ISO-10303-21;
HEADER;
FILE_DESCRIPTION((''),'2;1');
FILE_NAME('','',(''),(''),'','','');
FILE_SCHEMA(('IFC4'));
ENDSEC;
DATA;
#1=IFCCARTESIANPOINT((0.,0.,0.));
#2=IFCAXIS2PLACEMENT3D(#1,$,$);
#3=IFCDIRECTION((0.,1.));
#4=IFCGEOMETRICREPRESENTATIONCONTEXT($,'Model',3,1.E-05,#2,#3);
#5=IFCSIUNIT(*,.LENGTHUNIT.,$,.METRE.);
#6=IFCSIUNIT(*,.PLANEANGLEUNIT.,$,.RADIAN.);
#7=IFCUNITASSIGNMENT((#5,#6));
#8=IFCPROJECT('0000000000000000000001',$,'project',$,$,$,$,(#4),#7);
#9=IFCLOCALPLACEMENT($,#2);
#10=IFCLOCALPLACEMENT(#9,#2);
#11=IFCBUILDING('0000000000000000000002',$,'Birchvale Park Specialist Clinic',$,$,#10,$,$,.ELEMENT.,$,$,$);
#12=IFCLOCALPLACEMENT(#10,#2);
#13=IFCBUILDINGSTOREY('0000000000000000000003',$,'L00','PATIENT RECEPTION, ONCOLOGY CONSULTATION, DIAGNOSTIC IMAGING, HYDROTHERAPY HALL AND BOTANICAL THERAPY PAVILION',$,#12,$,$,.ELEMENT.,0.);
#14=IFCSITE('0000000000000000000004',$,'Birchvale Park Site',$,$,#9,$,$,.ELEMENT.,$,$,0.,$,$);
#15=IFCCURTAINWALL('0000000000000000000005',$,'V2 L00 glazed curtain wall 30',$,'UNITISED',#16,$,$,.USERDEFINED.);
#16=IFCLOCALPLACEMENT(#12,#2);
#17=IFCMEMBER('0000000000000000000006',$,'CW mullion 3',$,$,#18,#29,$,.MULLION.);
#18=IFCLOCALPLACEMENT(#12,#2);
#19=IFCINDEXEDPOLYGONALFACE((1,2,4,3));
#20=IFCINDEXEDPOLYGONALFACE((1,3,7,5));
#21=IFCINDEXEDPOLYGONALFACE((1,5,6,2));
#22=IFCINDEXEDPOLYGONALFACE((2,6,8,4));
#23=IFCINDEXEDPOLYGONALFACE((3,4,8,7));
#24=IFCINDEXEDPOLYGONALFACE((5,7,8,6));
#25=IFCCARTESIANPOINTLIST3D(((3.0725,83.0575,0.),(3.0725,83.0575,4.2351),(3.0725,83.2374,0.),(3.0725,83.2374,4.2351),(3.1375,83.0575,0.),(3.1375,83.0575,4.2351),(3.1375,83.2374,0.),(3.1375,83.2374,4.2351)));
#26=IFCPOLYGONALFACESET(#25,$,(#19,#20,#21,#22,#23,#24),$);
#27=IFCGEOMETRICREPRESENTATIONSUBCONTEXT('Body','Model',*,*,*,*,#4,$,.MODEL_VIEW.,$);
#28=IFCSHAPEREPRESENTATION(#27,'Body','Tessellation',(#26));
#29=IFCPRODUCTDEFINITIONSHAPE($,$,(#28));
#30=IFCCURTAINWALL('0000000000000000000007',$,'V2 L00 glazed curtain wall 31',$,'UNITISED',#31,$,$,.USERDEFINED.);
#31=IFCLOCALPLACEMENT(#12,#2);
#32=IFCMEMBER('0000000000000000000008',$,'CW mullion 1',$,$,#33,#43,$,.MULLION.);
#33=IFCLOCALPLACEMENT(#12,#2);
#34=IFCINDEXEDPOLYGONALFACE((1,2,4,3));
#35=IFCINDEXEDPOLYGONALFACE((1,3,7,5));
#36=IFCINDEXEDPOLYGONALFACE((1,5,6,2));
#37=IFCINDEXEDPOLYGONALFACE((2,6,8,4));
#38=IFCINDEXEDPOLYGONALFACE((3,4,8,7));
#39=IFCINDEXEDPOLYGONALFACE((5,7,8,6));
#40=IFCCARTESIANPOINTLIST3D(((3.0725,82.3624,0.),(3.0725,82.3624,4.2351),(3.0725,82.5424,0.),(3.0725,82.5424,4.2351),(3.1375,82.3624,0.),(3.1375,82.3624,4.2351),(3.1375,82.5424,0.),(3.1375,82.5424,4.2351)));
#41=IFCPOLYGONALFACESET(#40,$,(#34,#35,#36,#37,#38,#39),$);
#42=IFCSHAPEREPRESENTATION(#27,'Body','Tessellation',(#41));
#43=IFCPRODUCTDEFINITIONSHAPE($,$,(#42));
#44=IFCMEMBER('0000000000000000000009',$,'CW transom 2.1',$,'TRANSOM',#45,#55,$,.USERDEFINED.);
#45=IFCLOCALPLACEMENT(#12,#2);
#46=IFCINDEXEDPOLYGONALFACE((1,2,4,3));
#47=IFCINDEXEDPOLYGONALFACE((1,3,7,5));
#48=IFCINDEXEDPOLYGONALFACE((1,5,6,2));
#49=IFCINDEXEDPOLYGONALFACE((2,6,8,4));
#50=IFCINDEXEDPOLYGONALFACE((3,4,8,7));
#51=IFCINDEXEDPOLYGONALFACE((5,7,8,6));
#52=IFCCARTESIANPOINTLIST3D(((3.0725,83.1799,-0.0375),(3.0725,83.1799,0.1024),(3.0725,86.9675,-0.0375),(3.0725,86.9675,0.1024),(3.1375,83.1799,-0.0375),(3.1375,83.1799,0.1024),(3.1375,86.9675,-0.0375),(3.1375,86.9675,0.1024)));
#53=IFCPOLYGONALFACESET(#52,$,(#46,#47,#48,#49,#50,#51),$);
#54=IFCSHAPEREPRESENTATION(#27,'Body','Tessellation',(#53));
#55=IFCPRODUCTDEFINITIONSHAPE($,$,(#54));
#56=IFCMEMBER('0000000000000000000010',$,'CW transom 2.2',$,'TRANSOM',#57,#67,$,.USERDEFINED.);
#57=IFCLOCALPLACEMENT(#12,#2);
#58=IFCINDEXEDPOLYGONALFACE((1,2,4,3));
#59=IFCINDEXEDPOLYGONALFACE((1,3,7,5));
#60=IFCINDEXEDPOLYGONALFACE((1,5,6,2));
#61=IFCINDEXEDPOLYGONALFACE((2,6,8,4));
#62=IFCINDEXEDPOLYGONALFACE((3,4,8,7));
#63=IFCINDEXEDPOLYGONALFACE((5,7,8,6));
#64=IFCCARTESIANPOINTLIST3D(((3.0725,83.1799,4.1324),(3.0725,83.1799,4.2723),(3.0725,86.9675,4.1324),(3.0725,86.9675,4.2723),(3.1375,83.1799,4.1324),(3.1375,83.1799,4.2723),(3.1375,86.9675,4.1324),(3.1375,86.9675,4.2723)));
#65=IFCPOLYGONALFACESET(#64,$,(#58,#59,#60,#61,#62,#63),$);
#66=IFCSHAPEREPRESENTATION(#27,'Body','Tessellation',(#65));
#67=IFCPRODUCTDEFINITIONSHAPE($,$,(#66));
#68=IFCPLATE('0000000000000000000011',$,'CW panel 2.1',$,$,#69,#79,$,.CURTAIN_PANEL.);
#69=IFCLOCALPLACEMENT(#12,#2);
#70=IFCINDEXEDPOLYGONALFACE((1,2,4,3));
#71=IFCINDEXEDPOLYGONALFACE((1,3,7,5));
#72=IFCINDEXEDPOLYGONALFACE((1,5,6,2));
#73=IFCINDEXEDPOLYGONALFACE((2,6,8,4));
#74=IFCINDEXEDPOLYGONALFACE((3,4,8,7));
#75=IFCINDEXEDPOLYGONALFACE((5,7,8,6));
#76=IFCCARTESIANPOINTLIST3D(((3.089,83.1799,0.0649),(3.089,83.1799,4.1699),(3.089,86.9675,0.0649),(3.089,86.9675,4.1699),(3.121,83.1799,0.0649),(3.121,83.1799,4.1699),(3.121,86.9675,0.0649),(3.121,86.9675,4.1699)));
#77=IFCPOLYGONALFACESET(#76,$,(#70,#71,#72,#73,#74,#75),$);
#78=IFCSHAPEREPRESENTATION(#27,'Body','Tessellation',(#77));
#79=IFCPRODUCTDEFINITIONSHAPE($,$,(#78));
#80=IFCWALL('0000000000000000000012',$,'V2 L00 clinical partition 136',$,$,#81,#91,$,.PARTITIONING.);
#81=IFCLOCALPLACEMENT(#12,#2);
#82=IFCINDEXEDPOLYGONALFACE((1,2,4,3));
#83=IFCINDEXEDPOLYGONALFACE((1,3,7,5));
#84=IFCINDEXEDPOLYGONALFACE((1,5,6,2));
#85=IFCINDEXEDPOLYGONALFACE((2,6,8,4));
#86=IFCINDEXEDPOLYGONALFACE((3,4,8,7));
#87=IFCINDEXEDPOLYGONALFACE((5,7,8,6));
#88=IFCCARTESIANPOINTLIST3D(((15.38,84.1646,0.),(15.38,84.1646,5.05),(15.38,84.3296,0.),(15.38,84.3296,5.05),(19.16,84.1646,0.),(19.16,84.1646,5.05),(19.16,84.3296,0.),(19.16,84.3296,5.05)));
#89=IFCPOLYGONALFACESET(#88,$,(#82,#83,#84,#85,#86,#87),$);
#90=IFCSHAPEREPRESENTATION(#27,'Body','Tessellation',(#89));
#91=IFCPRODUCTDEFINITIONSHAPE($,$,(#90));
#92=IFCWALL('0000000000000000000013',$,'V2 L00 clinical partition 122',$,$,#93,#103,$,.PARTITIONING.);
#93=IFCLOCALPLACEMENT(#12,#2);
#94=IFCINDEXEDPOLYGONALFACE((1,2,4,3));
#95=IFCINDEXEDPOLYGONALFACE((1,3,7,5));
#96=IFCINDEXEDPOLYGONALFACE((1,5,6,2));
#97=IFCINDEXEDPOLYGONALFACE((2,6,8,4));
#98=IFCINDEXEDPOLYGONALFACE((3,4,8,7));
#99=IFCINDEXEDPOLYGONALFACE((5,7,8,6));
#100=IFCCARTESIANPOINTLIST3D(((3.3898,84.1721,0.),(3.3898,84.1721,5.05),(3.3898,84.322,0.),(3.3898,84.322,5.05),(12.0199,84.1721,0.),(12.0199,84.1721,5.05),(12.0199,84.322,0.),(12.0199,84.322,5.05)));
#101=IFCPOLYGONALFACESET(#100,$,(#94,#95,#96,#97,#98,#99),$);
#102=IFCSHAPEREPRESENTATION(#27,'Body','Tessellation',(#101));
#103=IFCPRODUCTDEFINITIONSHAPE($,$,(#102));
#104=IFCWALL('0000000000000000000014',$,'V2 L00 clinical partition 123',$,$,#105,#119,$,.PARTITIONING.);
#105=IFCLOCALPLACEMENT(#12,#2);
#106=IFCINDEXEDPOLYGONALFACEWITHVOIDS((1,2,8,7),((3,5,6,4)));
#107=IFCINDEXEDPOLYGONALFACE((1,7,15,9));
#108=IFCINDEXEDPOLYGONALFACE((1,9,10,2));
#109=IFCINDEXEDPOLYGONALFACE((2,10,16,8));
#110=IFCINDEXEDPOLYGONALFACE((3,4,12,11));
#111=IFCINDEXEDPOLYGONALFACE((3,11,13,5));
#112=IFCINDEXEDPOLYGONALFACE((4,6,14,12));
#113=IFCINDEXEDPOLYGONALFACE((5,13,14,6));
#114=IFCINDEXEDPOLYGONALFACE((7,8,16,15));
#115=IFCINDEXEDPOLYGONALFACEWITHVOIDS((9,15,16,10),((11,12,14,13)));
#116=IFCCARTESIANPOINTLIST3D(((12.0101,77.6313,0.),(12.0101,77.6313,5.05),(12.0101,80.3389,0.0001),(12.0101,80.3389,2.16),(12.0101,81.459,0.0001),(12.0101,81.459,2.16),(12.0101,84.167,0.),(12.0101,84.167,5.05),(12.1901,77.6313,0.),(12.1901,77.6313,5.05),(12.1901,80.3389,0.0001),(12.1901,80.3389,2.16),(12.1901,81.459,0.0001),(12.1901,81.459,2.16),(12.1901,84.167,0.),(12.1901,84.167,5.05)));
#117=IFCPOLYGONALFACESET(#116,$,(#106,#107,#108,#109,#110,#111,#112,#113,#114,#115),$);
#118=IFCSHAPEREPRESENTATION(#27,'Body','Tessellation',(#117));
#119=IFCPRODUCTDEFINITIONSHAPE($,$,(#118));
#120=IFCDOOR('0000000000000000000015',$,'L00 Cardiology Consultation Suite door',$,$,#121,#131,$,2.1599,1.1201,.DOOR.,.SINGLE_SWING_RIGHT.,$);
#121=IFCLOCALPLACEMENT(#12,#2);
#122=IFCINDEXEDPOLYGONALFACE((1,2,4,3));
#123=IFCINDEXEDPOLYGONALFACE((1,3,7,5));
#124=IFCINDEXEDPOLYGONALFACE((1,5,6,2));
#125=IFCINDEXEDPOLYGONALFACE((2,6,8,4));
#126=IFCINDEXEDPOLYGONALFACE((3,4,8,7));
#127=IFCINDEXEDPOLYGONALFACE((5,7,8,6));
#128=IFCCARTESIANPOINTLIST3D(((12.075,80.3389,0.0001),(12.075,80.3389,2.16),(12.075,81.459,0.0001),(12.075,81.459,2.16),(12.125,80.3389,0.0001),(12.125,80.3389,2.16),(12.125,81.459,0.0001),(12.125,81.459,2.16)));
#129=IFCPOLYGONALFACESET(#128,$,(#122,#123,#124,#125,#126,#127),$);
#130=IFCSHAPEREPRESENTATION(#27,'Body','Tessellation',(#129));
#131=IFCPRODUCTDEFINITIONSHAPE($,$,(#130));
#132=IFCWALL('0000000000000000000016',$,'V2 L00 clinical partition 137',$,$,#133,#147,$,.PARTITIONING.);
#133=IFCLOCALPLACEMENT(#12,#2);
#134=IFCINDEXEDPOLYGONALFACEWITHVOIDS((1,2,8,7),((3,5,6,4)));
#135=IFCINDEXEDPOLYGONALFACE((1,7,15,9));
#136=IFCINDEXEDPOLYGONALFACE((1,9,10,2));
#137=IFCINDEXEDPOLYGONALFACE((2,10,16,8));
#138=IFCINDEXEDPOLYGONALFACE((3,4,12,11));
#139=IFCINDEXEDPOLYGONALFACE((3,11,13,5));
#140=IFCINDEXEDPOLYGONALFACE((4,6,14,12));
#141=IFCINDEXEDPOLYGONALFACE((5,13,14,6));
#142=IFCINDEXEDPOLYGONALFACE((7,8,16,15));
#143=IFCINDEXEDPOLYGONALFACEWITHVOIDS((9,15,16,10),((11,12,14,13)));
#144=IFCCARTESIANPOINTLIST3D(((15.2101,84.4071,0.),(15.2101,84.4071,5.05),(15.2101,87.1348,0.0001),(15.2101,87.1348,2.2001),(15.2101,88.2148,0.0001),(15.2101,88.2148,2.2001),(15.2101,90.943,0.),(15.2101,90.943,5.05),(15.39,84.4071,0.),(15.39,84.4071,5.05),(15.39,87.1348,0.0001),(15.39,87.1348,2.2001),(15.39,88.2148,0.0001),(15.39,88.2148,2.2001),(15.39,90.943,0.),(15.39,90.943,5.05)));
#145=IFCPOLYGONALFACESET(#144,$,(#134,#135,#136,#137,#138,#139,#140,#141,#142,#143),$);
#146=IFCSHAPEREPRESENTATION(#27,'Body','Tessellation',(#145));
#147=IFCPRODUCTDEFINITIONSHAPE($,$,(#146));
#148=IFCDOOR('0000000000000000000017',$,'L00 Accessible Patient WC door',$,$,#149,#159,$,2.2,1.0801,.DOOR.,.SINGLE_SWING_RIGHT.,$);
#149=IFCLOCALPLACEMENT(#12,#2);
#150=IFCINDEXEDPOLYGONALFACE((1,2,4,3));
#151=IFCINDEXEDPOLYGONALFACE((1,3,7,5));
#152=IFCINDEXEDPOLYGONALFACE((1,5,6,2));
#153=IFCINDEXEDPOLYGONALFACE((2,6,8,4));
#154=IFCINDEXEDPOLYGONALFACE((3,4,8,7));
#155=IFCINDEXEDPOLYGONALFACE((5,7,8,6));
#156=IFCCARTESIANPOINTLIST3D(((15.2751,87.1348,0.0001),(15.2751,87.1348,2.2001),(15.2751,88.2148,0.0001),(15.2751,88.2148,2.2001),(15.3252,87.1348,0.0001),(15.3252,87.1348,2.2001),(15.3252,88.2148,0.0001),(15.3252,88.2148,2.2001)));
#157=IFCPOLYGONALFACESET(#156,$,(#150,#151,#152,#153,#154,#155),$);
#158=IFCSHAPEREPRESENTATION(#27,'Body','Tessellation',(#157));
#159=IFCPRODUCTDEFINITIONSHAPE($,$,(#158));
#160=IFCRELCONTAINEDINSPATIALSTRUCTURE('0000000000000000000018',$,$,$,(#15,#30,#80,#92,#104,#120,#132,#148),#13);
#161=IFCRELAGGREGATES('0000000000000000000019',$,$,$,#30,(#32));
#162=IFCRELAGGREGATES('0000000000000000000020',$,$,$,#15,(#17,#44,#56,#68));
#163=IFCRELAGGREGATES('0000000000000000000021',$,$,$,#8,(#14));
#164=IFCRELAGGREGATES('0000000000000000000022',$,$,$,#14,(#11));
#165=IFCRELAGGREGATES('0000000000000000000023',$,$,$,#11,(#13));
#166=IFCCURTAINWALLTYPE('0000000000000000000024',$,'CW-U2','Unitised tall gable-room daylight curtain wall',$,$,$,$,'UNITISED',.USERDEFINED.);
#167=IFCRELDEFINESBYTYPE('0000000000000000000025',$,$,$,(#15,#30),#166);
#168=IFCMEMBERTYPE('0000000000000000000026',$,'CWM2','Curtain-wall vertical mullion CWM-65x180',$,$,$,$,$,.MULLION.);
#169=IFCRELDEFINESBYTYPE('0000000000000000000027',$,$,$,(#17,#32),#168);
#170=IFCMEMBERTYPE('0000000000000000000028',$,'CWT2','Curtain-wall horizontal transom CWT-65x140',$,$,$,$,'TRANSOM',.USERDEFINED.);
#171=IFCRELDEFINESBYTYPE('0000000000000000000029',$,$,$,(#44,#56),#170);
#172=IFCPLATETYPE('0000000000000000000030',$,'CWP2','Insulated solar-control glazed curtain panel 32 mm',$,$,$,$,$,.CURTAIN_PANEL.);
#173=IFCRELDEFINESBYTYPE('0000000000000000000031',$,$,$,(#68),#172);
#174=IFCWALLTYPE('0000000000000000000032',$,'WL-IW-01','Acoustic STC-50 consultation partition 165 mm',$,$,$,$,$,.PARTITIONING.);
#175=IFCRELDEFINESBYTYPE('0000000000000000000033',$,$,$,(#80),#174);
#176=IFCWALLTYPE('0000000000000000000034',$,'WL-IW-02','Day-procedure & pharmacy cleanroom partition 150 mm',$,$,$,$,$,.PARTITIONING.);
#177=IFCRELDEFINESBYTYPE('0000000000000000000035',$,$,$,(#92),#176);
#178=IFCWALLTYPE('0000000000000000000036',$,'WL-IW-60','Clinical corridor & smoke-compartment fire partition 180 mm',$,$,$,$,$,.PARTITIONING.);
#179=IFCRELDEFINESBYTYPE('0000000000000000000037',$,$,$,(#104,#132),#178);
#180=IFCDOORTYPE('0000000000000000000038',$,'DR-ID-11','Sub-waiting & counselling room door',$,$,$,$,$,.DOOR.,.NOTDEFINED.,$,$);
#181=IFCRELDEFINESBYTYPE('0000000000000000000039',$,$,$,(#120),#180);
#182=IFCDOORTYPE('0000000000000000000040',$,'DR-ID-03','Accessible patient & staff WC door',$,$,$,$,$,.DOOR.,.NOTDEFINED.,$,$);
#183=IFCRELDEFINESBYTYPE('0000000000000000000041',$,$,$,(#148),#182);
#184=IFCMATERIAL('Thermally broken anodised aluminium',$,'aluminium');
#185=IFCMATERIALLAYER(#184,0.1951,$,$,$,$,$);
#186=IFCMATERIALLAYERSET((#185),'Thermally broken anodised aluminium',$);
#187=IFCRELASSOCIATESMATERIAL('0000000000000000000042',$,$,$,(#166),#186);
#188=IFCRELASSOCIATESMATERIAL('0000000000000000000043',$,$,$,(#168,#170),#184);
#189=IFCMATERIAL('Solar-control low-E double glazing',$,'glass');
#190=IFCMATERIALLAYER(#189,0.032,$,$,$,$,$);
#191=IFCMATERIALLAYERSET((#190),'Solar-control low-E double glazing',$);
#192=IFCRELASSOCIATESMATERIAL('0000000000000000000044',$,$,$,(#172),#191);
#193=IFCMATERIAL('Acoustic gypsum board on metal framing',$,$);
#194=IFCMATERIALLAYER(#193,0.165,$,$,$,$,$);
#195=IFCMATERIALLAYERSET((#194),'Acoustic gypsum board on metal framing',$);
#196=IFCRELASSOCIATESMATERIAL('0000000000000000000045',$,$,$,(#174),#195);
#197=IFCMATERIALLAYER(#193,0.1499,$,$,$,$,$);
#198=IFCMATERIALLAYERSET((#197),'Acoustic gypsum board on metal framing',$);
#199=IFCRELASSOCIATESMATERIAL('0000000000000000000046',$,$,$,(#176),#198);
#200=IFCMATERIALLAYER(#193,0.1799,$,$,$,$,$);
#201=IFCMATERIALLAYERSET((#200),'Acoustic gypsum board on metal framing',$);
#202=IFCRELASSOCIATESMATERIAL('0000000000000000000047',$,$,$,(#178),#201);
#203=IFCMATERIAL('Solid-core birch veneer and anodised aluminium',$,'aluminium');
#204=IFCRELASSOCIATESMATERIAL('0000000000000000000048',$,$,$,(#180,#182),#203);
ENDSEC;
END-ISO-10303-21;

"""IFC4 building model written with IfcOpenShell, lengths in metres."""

from ifc_helpers import new_model, si_unit, direction, frame, frame_2d, origin, origin_2d, place, context, subcontext, project, spatial, rectangle, extrude, material, layer, layer_set, material_profile, profile_set, type_object, element, fill, aggregate, save


model = new_model("IFC4")

# Units and contexts
model_context = context("Model", 3, precision=1e-05, world=origin(), true_north=direction((0.0, 1.0)))
body_context = subcontext(model_context, "Body", "Model", "MODEL_VIEW")
ifc_project = project(units=[si_unit("LENGTHUNIT", "METRE"), si_unit("PLANEANGLEUNIT", "RADIAN")], contexts=[model_context])

# Site, building, storey
site_placement = place(None, origin())
site = spatial("IfcSite", under=ifc_project, at=site_placement, Name="Birchvale Park Site", CompositionType="ELEMENT", RefElevation=0.0)
building_placement = place(site_placement, origin())
building = spatial("IfcBuilding", under=site, at=building_placement, Name="Birchvale Park Specialist Clinic", CompositionType="ELEMENT")
storey_placement = place(building_placement, origin())
storey = spatial("IfcBuildingStorey", under=building, at=storey_placement, Name="L00", Description="PATIENT RECEPTION, ONCOLOGY CONSULTATION, DIAGNOSTIC IMAGING, HYDROTHERAPY HALL AND BOTANICAL THERAPY PAVILION", CompositionType="ELEMENT", Elevation=0.0)

# Curtain wall, member
ifc_material_1 = material(Name="Thermally broken anodised aluminium", Category="aluminium")
ifc_layer_1 = layer(ifc_material_1, 0.1951)
ifc_layer_set_1 = layer_set([ifc_layer_1], Name="Thermally broken anodised aluminium")
curtain_wall_type = type_object("IfcCurtainWallType", Name="CW-U2", Description="Unitised tall gable-room daylight curtain wall", ElementType="UNITISED", PredefinedType="USERDEFINED", material=ifc_layer_set_1)
curtain_wall_1_placement = place(storey_placement, origin())
curtain_wall_1 = element("IfcCurtainWall", 1, at=curtain_wall_1_placement, inside=storey, type_object=curtain_wall_type, Name="V2 L00 glazed curtain wall 30", ObjectType="UNITISED", PredefinedType="USERDEFINED")
ifc_material_profile_1 = material_profile(ifc_material_1, rectangle(XDim=0.0649, YDim=0.1799, at=origin_2d()), Name="CWM-65x180")
ifc_profile_set_1 = profile_set([ifc_material_profile_1], Name="Thermally broken anodised aluminium")
member_type_1 = type_object("IfcMemberType", Name="CWM2", Description="Curtain-wall vertical mullion CWM-65x180", PredefinedType="MULLION", material=ifc_profile_set_1)
member_1_placement = place(storey_placement, frame((3.105, 83.1475, 0.0), z_axis=(0.0, 0.0, 1.0), x_axis=(1.0, 0.0, 0.0)))
member_1 = element("IfcMember", 2, at=member_1_placement, type_object=member_type_1, Name="CW mullion 3", PredefinedType="MULLION", context=body_context, shape_type="SweptSolid", body=[
    extrude(rectangle(XDim=0.0649, YDim=0.1799, at=origin_2d()), origin(), (0.0, 0.0, 1.0), 4.2351),
])

# Curtain wall, member
curtain_wall_2_placement = place(storey_placement, origin())
curtain_wall_2 = element("IfcCurtainWall", 3, at=curtain_wall_2_placement, inside=storey, type_object=curtain_wall_type, Name="V2 L00 glazed curtain wall 31", ObjectType="UNITISED", PredefinedType="USERDEFINED")
member_2_placement = place(storey_placement, frame((3.105, 82.4524, 0.0), z_axis=(0.0, 0.0, 1.0), x_axis=(1.0, 0.0, 0.0)))
member_2 = element("IfcMember", 4, at=member_2_placement, type_object=member_type_1, Name="CW mullion 1", PredefinedType="MULLION", context=body_context, shape_type="SweptSolid", body=[
    extrude(rectangle(XDim=0.0649, YDim=0.1799, at=origin_2d()), origin(), (0.0, 0.0, 1.0), 4.2351),
])
aggregate(curtain_wall_2, [member_2])

# Members
ifc_material_profile_2 = material_profile(ifc_material_1, rectangle(XDim=0.0649, YDim=0.1399, at=origin_2d()), Name="CWT-65x140")
ifc_profile_set_2 = profile_set([ifc_material_profile_2], Name="Thermally broken anodised aluminium")
member_type_2 = type_object("IfcMemberType", Name="CWT2", Description="Curtain-wall horizontal transom CWT-65x140", ElementType="TRANSOM", PredefinedType="USERDEFINED", material=ifc_profile_set_2)
member_3_placement = place(storey_placement, frame((3.105, 86.9675, 0.0325), z_axis=(0.0, -1.0, 0.0), x_axis=(1.0, 0.0, 0.0)))
member_3 = element("IfcMember", 5, at=member_3_placement, type_object=member_type_2, Name="CW transom 2.1", ObjectType="TRANSOM", PredefinedType="USERDEFINED", context=body_context, shape_type="SweptSolid", body=[
    extrude(rectangle(XDim=0.0649, YDim=0.1399, at=origin_2d()), origin(), (0.0, 0.0, 1.0), 3.7876),
])
member_4_placement = place(storey_placement, frame((3.105, 86.9675, 4.2024), z_axis=(0.0, -1.0, 0.0), x_axis=(1.0, 0.0, 0.0)))
member_4 = element("IfcMember", 6, at=member_4_placement, type_object=member_type_2, Name="CW transom 2.2", ObjectType="TRANSOM", PredefinedType="USERDEFINED", context=body_context, shape_type="SweptSolid", body=[
    extrude(rectangle(XDim=0.0649, YDim=0.1399, at=origin_2d()), origin(), (0.0, 0.0, 1.0), 3.7876),
])

# Plate
ifc_material_2 = material(Name="Solar-control low-E double glazing", Category="glass")
ifc_layer_2 = layer(ifc_material_2, 0.032)
ifc_layer_set_2 = layer_set([ifc_layer_2], Name="Solar-control low-E double glazing")
plate_type = type_object("IfcPlateType", Name="CWP2", Description="Insulated solar-control glazed curtain panel 32 mm", PredefinedType="CURTAIN_PANEL", material=ifc_layer_set_2)
plate_placement = place(storey_placement, frame((3.105, 85.0737, 0.0649), z_axis=(0.0, 0.0, 1.0), x_axis=(0.0, -1.0, 0.0)))
plate = element("IfcPlate", 7, at=plate_placement, type_object=plate_type, Name="CW panel 2.1", PredefinedType="CURTAIN_PANEL", context=body_context, shape_type="SweptSolid", body=[
    extrude(rectangle(XDim=3.7876, YDim=0.032, at=origin_2d()), origin(), (0.0, 0.0, 1.0), 4.105),
])
aggregate(curtain_wall_1, [member_1, member_3, member_4, plate])

# Walls
ifc_material_3 = material(Name="Acoustic gypsum board on metal framing")
ifc_layer_3 = layer(ifc_material_3, 0.165)
ifc_layer_set_3 = layer_set([ifc_layer_3], Name="Acoustic gypsum board on metal framing")
wall_type_1 = type_object("IfcWallType", Name="WL-IW-01", Description="Acoustic STC-50 consultation partition 165 mm", PredefinedType="PARTITIONING", material=ifc_layer_set_3)
wall_1_placement = place(storey_placement, frame((15.3799, 84.2471, 0.0), z_axis=(0.0, 0.0, 1.0), x_axis=(1.0, 0.0, 0.0)))
element("IfcWall", 8, at=wall_1_placement, inside=storey, type_object=wall_type_1, Name="V2 L00 clinical partition 136", PredefinedType="PARTITIONING", context=body_context, shape_type="SweptSolid", body=[
    extrude(rectangle(XDim=3.78, YDim=0.165, at=frame_2d((1.8901, 0.0))), origin(), (0.0, 0.0, 1.0), 5.05),
])
ifc_layer_4 = layer(ifc_material_3, 0.1499)
ifc_layer_set_4 = layer_set([ifc_layer_4], Name="Acoustic gypsum board on metal framing")
wall_type_2 = type_object("IfcWallType", Name="WL-IW-02", Description="Day-procedure & pharmacy cleanroom partition 150 mm", PredefinedType="PARTITIONING", material=ifc_layer_set_4)
wall_2_placement = place(storey_placement, frame((3.3899, 84.2471, 0.0), z_axis=(0.0, 0.0, 1.0), x_axis=(1.0, 0.0, 0.0)))
element("IfcWall", 9, at=wall_2_placement, inside=storey, type_object=wall_type_2, Name="V2 L00 clinical partition 122", PredefinedType="PARTITIONING", context=body_context, shape_type="SweptSolid", body=[
    extrude(rectangle(XDim=8.6301, YDim=0.1499, at=frame_2d((4.3149, 0.0))), origin(), (0.0, 0.0, 1.0), 5.05),
])

# Walls, openings, doors
ifc_layer_5 = layer(ifc_material_3, 0.1799)
ifc_layer_set_5 = layer_set([ifc_layer_5], Name="Acoustic gypsum board on metal framing")
wall_type_3 = type_object("IfcWallType", Name="WL-IW-60", Description="Clinical corridor & smoke-compartment fire partition 180 mm", PredefinedType="PARTITIONING", material=ifc_layer_set_5)
wall_3_placement = place(storey_placement, frame((12.1001, 84.167, 0.0), z_axis=(0.0, 0.0, 1.0), x_axis=(0.0, -1.0, 0.0)))
wall_3 = element("IfcWall", 10, at=wall_3_placement, inside=storey, type_object=wall_type_3, Name="V2 L00 clinical partition 123", PredefinedType="PARTITIONING", context=body_context, shape_type="SweptSolid", body=[
    extrude(rectangle(XDim=6.5356, YDim=0.1799, at=frame_2d((3.2678, 0.0))), origin(), (0.0, 0.0, 1.0), 5.05),
])
opening_1_placement = place(wall_3_placement, frame((2.708, 0.0, 0.0)))
opening_1 = element("IfcOpeningElement", 11, at=opening_1_placement, cuts=wall_3, PredefinedType="OPENING", context=body_context, shape_type="SweptSolid", body=[
    extrude(rectangle(XDim=1.1201, YDim=2.1599, at=frame_2d((0.5601, 1.0801))), frame((0.0, 0.1001, 0.0), z_axis=(0.0, -1.0, 0.0), x_axis=(1.0, 0.0, 0.0)), (0.0, 0.0, 1.0), 0.2),
])
ifc_material_4 = material(Name="Solid-core birch veneer and anodised aluminium", Category="aluminium")
door_type_1 = type_object("IfcDoorType", Name="DR-ID-11", Description="Sub-waiting & counselling room door", OperationType="NOTDEFINED", PredefinedType="DOOR", material=ifc_material_4)
door_1_placement = place(opening_1_placement, origin())
door_1 = element("IfcDoor", 12, at=door_1_placement, inside=storey, type_object=door_type_1, Name="L00 Cardiology Consultation Suite door", OperationType="SINGLE_SWING_RIGHT", OverallHeight=2.1599, OverallWidth=1.1201, PredefinedType="DOOR", context=body_context, shape_type="SweptSolid", body=[
    extrude(rectangle(XDim=1.1201, YDim=2.1599, at=frame_2d((0.5601, 1.0801))), frame((0.0, 0.0249, 0.0), z_axis=(0.0, -1.0, 0.0), x_axis=(1.0, 0.0, 0.0)), (0.0, 0.0, 1.0), 0.05),
])
fill(opening_1, door_1)
wall_4_placement = place(storey_placement, frame((15.3, 84.407, 0.0), z_axis=(0.0, 0.0, 1.0), x_axis=(0.0, 1.0, 0.0)))
wall_4 = element("IfcWall", 13, at=wall_4_placement, inside=storey, type_object=wall_type_3, Name="V2 L00 clinical partition 137", PredefinedType="PARTITIONING", context=body_context, shape_type="SweptSolid", body=[
    extrude(rectangle(XDim=6.5359, YDim=0.1799, at=frame_2d((3.2681, 0.0))), origin(), (0.0, 0.0, 1.0), 5.05),
])
opening_2_placement = place(wall_4_placement, frame((2.7278, 0.0, 0.0)))
opening_2 = element("IfcOpeningElement", 14, at=opening_2_placement, cuts=wall_4, PredefinedType="OPENING", context=body_context, shape_type="SweptSolid", body=[
    extrude(rectangle(XDim=1.0801, YDim=2.2, at=frame_2d((0.54, 1.1001))), frame((0.0, 0.1001, 0.0), z_axis=(0.0, -1.0, 0.0), x_axis=(1.0, 0.0, 0.0)), (0.0, 0.0, 1.0), 0.2),
])
door_type_2 = type_object("IfcDoorType", Name="DR-ID-03", Description="Accessible patient & staff WC door", OperationType="NOTDEFINED", PredefinedType="DOOR", material=ifc_material_4)
door_2_placement = place(opening_2_placement, origin())
door_2 = element("IfcDoor", 15, at=door_2_placement, inside=storey, type_object=door_type_2, Name="L00 Accessible Patient WC door", OperationType="SINGLE_SWING_RIGHT", OverallHeight=2.2, OverallWidth=1.0801, PredefinedType="DOOR", context=body_context, shape_type="SweptSolid", body=[
    extrude(rectangle(XDim=1.0801, YDim=2.2, at=frame_2d((0.54, 1.1001))), frame((0.0, 0.0249, 0.0), z_axis=(0.0, -1.0, 0.0), x_axis=(1.0, 0.0, 0.0)), (0.0, 0.0, 1.0), 0.05),
])
fill(opening_2, door_2)

save(model, "model.ifc")
